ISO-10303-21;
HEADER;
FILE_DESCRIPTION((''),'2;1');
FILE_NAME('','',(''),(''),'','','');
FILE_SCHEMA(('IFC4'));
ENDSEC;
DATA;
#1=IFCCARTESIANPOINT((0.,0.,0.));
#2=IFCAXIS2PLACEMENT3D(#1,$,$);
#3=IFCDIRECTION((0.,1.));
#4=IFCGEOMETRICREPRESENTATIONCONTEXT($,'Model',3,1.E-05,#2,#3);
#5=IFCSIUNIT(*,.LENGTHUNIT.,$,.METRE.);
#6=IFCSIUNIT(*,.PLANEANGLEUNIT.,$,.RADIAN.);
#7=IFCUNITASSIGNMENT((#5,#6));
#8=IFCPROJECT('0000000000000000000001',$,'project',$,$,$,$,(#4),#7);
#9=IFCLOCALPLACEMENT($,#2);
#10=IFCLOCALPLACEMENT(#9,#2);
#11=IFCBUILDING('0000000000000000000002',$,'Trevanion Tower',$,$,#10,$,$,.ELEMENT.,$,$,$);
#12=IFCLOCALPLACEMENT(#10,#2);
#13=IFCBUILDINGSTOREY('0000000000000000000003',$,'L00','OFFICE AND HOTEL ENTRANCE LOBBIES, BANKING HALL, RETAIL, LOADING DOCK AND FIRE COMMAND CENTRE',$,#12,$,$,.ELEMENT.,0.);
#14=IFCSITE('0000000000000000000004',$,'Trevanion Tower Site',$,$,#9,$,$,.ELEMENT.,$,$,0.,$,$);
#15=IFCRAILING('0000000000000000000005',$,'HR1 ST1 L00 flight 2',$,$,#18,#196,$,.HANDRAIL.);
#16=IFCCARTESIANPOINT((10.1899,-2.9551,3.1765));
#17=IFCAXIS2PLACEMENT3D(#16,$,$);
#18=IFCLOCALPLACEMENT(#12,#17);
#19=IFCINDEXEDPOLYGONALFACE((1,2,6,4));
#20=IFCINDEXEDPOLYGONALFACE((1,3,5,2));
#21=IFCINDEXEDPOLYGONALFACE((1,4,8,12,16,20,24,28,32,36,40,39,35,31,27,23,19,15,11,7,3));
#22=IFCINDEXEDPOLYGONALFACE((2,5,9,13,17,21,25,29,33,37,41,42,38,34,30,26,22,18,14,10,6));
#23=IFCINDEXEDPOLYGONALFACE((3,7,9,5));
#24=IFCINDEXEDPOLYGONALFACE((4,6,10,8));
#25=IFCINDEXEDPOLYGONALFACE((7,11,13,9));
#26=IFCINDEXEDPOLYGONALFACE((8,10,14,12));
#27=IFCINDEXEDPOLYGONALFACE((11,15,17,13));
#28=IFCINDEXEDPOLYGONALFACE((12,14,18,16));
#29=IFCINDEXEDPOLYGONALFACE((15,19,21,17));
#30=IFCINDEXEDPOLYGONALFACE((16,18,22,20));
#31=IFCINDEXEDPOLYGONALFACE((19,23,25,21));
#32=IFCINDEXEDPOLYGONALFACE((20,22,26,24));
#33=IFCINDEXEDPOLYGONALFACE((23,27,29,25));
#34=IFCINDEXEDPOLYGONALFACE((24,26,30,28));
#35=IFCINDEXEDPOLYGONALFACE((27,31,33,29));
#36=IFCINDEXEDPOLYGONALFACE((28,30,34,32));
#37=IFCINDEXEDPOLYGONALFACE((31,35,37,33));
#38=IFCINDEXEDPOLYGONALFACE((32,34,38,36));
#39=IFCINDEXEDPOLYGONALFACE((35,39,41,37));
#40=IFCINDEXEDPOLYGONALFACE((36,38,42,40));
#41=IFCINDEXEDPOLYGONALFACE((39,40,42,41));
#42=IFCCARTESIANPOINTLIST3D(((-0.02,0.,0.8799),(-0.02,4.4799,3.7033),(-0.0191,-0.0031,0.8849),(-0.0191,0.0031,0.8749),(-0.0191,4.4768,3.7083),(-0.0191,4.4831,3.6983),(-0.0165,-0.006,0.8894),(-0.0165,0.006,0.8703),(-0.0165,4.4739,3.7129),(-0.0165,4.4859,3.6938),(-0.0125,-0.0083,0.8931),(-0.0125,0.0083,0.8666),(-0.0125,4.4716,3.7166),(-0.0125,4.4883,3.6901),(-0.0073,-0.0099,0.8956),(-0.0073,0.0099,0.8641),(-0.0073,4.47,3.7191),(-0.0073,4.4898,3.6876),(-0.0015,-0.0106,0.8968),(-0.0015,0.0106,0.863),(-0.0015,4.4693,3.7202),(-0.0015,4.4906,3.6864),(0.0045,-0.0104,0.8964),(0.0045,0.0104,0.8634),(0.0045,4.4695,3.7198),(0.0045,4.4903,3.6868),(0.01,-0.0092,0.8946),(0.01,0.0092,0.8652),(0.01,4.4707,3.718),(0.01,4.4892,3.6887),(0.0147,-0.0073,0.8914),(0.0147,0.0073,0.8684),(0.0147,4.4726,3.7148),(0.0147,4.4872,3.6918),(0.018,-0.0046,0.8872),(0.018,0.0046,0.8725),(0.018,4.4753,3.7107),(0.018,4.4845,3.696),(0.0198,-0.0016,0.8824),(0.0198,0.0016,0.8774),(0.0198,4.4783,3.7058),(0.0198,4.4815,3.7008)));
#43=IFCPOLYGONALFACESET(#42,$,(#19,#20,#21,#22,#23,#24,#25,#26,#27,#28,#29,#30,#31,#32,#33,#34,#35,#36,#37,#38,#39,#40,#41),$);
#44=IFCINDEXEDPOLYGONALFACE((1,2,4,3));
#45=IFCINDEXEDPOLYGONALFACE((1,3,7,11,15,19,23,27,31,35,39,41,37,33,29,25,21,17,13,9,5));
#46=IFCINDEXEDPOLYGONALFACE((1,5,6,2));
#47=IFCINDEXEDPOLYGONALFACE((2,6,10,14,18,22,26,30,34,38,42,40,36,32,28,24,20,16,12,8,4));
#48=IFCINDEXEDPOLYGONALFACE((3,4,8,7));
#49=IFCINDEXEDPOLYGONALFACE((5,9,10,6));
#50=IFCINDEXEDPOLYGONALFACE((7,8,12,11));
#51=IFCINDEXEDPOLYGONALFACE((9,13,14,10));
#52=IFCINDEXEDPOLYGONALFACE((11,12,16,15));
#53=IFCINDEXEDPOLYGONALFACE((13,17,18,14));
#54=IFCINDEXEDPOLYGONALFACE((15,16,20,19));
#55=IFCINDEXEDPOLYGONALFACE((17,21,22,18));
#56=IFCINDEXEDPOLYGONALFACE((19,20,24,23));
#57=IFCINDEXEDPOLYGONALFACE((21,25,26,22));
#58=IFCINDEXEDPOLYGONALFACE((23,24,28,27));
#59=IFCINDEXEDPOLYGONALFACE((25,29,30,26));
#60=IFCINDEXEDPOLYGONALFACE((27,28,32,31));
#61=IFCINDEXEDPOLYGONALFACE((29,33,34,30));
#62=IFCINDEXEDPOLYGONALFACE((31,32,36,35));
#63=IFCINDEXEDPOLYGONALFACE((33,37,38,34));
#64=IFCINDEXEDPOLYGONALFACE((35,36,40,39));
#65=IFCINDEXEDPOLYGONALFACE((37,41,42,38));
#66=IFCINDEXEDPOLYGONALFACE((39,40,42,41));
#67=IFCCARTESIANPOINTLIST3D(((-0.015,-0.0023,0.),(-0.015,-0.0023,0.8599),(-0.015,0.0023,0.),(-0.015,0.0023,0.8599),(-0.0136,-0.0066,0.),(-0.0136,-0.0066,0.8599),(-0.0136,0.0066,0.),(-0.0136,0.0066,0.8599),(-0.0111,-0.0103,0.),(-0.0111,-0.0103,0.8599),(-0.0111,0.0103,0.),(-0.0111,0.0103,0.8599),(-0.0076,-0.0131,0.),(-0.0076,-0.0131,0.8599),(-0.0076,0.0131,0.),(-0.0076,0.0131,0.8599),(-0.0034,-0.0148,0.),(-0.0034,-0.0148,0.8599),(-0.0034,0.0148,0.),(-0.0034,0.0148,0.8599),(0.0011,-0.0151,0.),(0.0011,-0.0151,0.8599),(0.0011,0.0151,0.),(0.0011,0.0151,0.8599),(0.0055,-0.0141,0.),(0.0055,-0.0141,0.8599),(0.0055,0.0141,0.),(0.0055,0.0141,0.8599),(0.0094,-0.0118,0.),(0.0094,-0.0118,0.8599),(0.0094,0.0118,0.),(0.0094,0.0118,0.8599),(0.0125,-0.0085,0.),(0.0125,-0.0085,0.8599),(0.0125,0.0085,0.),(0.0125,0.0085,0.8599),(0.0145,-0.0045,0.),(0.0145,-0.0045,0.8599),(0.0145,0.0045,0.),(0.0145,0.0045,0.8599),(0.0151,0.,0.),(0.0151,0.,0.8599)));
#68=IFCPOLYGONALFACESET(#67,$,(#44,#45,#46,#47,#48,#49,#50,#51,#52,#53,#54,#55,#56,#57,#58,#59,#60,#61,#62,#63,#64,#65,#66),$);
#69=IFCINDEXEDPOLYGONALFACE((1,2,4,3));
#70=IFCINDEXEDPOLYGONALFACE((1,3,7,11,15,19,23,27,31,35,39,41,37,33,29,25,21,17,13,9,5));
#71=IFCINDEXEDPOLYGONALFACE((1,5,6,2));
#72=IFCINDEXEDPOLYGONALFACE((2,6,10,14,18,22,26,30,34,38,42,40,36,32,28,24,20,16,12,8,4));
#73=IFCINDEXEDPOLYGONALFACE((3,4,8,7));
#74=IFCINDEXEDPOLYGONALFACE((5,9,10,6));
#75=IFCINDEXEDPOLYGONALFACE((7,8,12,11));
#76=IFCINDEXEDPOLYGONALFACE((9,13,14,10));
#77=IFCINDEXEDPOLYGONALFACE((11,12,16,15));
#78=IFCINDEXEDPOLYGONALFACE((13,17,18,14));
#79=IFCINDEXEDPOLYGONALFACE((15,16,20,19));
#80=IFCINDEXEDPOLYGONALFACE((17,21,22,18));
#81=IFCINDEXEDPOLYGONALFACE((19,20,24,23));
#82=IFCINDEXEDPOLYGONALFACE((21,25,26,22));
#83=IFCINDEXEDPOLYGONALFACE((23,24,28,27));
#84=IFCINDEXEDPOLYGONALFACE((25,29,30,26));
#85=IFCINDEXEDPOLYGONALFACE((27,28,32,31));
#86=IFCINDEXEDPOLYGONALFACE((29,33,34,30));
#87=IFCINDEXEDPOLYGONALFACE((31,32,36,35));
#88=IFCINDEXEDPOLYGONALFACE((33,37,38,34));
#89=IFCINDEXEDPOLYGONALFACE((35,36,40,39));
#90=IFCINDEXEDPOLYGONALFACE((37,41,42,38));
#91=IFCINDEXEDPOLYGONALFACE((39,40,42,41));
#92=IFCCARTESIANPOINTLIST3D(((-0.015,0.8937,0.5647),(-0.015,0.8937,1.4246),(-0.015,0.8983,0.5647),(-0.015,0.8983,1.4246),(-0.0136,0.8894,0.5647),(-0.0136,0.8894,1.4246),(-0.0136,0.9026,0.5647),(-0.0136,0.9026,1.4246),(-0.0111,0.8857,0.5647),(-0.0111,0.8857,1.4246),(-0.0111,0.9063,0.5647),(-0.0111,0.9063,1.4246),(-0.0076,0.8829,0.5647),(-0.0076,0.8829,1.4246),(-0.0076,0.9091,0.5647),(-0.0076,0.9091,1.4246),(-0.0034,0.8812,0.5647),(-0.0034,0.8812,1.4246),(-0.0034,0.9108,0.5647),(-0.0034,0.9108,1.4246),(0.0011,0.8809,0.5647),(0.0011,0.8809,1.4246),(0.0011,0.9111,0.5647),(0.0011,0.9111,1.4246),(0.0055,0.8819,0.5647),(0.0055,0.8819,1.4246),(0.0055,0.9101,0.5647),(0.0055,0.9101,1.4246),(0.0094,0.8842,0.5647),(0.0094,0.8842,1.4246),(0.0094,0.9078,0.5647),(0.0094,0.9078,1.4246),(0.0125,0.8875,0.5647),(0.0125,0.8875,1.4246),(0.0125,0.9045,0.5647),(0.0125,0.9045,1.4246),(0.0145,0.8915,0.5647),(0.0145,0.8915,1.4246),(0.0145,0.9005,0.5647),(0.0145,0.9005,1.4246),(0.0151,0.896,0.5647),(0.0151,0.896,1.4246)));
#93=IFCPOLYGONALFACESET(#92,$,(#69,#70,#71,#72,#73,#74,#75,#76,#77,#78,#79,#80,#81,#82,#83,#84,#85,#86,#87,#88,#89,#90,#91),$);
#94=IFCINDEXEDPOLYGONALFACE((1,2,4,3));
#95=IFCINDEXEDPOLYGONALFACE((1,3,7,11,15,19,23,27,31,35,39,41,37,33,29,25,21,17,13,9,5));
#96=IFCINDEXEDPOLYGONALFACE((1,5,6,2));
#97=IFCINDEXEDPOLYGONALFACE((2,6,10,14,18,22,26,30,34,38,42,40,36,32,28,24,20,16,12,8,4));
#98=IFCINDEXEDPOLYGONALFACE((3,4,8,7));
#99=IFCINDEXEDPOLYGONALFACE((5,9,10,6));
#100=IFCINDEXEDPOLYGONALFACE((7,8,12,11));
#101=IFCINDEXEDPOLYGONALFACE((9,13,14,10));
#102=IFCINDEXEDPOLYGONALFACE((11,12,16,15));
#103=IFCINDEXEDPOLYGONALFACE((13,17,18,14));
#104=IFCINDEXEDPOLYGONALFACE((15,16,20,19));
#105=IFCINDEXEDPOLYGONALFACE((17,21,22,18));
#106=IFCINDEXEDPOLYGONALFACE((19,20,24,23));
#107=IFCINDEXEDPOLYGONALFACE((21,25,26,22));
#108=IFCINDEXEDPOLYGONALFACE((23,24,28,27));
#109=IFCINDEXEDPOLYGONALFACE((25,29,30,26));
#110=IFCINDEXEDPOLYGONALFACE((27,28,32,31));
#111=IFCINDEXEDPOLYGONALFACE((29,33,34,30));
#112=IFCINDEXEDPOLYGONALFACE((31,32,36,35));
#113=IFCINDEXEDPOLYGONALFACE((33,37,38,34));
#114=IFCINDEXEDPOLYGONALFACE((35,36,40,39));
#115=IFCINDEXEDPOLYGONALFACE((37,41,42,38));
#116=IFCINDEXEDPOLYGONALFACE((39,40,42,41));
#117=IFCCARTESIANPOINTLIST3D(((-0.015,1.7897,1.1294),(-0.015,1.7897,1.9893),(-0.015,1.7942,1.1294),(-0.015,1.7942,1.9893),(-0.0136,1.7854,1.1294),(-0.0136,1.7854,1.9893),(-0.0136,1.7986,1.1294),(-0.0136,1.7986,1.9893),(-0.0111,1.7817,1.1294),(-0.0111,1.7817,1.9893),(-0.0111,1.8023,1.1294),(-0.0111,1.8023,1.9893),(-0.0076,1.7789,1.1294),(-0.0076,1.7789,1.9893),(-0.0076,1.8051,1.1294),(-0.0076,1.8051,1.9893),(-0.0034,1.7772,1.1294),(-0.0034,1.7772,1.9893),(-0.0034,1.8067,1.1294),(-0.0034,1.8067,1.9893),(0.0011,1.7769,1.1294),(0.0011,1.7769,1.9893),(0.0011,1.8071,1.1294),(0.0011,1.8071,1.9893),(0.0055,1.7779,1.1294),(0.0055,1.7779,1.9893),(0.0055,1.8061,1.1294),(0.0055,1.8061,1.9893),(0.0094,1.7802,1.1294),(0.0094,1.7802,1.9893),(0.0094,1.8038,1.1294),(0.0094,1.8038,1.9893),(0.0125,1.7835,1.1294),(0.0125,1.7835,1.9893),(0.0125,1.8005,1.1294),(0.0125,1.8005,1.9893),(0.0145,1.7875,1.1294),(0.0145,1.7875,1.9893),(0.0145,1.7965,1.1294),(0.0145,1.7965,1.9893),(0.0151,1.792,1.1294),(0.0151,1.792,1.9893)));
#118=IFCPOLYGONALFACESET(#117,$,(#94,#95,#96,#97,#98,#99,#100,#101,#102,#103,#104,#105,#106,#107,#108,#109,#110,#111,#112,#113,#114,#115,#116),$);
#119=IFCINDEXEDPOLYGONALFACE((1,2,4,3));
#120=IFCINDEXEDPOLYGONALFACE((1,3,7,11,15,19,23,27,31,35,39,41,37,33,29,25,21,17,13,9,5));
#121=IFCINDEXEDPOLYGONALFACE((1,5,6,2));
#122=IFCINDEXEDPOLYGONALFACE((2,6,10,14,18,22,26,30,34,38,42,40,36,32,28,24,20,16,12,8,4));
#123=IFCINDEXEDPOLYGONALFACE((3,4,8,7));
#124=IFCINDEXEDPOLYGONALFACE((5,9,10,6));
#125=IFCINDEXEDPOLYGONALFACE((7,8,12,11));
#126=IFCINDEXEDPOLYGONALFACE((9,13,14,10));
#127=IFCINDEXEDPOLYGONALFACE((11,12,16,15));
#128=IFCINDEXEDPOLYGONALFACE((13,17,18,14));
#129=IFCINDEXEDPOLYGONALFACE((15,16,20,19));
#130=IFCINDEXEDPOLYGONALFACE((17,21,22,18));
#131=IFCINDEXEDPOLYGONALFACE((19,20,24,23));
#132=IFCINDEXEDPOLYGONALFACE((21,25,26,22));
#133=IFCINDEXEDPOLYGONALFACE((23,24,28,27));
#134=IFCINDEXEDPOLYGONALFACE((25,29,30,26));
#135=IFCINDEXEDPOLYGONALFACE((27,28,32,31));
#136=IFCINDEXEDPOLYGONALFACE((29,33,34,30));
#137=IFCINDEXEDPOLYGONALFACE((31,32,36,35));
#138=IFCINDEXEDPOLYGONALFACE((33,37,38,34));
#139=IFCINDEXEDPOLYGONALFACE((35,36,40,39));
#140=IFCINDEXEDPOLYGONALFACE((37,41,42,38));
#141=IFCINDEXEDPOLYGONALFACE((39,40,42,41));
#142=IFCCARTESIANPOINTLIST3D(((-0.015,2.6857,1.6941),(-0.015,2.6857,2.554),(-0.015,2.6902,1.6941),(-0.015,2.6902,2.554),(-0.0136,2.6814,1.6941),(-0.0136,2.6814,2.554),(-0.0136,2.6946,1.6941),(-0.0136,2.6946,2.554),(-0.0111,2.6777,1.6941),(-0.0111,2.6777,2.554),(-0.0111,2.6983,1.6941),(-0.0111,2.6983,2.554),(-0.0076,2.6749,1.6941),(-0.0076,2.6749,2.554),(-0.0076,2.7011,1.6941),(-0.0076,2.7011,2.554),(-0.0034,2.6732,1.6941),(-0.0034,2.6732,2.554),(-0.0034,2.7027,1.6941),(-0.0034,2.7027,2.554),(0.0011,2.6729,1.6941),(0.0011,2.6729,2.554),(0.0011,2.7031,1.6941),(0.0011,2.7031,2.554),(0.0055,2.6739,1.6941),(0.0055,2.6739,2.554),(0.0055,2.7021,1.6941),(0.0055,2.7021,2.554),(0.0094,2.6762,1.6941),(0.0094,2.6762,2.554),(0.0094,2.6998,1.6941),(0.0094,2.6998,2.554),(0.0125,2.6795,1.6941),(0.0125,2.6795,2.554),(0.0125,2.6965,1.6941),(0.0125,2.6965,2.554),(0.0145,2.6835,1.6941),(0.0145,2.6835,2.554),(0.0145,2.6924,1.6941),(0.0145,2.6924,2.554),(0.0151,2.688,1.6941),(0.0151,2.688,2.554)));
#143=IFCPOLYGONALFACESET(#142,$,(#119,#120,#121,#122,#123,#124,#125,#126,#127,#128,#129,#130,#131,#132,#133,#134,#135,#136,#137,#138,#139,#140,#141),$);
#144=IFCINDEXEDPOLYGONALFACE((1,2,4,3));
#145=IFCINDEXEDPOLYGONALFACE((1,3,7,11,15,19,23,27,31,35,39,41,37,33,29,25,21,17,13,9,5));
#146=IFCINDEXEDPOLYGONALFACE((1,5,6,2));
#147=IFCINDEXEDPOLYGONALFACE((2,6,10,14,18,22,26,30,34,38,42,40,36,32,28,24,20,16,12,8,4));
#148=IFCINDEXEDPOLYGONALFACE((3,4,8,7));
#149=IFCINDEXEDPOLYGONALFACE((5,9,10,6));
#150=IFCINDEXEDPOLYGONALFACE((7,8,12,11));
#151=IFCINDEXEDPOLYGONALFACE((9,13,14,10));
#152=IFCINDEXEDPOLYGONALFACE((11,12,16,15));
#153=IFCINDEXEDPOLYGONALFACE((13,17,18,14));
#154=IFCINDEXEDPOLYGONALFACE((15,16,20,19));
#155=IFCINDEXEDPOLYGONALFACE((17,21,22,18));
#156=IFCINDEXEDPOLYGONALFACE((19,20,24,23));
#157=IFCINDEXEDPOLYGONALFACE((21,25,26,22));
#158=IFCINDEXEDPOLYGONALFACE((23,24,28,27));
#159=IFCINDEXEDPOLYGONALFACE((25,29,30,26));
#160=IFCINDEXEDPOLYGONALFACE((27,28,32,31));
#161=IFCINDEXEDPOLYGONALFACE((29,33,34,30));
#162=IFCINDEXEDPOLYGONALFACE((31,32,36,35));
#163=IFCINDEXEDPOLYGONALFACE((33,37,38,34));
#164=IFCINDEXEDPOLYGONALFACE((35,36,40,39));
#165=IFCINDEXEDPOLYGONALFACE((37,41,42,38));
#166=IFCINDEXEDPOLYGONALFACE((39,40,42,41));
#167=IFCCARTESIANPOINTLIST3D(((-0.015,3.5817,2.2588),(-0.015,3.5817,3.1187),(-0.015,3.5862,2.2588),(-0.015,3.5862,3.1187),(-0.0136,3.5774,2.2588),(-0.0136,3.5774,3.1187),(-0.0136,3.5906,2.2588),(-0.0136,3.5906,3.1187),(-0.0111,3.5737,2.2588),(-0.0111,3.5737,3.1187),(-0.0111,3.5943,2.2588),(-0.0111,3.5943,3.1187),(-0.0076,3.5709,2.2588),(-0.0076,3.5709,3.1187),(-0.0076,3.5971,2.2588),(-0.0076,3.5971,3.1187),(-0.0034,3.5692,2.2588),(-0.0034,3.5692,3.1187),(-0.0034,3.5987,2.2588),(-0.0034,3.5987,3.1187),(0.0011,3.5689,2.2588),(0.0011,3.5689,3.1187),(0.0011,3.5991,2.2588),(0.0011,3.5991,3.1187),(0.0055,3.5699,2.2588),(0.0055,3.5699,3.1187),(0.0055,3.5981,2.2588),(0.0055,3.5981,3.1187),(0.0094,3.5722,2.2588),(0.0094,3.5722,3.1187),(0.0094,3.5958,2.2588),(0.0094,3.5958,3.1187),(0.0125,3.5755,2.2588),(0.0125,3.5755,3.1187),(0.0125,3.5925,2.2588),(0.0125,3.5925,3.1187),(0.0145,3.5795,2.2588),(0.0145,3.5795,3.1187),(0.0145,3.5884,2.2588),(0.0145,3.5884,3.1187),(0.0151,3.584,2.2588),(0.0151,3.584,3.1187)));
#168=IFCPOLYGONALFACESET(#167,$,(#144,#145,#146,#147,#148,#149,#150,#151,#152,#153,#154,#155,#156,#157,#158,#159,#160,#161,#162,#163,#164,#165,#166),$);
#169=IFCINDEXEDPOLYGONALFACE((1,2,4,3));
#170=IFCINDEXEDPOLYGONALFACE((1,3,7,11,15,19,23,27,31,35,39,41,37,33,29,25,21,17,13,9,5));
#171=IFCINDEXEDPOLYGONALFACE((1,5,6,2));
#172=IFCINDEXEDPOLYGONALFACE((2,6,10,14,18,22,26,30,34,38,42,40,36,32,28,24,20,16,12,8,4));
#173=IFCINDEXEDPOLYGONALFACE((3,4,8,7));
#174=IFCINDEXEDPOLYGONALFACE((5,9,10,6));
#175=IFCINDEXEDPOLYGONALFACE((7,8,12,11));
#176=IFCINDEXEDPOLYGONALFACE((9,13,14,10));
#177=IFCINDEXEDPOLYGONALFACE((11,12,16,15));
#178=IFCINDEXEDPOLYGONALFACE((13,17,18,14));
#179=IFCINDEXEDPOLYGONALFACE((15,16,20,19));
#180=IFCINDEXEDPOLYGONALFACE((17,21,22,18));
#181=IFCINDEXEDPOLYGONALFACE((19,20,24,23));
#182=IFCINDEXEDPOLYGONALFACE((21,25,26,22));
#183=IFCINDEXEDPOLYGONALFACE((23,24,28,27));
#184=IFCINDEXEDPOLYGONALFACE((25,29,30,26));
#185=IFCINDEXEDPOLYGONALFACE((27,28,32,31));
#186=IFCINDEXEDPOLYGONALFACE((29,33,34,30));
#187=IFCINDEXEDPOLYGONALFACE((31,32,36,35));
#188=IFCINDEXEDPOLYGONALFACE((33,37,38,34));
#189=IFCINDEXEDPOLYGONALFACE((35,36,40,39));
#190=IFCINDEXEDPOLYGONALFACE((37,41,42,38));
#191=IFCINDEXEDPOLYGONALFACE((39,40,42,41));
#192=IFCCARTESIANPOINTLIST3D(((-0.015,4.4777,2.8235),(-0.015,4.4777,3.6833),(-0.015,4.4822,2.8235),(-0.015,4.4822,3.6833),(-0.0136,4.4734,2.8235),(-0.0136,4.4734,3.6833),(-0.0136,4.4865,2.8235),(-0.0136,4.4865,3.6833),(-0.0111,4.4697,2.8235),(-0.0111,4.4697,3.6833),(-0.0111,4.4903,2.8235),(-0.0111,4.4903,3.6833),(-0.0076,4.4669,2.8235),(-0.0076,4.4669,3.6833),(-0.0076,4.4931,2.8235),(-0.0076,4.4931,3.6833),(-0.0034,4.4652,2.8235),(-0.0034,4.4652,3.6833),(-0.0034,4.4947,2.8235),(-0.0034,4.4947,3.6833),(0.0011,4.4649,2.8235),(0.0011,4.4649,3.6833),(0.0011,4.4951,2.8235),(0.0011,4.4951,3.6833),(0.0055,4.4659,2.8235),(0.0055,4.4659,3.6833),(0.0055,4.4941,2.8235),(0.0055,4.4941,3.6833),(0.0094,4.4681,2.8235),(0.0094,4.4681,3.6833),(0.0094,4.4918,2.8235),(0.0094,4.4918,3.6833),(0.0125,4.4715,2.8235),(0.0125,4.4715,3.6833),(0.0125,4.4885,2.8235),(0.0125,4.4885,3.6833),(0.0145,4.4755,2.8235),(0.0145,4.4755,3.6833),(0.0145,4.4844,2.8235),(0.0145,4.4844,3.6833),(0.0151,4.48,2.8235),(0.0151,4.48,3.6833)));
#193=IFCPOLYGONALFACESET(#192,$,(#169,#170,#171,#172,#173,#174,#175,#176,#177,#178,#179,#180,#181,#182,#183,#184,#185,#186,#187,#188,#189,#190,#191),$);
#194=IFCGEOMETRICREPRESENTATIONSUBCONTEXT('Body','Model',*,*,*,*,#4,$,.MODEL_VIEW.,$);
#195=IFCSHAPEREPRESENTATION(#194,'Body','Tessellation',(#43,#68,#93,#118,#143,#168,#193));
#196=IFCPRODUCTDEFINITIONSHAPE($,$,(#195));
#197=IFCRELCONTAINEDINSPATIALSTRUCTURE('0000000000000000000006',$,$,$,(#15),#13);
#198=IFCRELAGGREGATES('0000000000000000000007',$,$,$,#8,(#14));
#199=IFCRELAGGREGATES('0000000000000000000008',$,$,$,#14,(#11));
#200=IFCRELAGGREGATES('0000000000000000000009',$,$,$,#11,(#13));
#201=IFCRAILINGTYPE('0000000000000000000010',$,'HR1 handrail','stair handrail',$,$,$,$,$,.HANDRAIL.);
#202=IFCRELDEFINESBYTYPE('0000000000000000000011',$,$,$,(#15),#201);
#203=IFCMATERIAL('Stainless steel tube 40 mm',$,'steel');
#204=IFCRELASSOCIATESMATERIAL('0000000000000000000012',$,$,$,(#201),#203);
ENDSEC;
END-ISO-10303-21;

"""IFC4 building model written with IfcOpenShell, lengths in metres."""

from ifc_helpers import new_model, si_unit, direction, frame, origin, origin_2d, place, context, subcontext, project, spatial, circle, extrude, material, type_object, element, save


model = new_model("IFC4")

# Units and contexts
model_context = context("Model", 3, precision=1e-05, world=origin(), true_north=direction((0.0, 1.0)))
body_context = subcontext(model_context, "Body", "Model", "MODEL_VIEW")
ifc_project = project(units=[si_unit("LENGTHUNIT", "METRE"), si_unit("PLANEANGLEUNIT", "RADIAN")], contexts=[model_context])

# Site, building, storey
site_placement = place(None, origin())
site = spatial("IfcSite", under=ifc_project, at=site_placement, Name="Trevanion Tower Site", CompositionType="ELEMENT", RefElevation=0.0)
building_placement = place(site_placement, origin())
building = spatial("IfcBuilding", under=site, at=building_placement, Name="Trevanion Tower", CompositionType="ELEMENT")
storey_placement = place(building_placement, origin())
storey = spatial("IfcBuildingStorey", under=building, at=storey_placement, Name="L00", Description="OFFICE AND HOTEL ENTRANCE LOBBIES, BANKING HALL, RETAIL, LOADING DOCK AND FIRE COMMAND CENTRE", CompositionType="ELEMENT", Elevation=0.0)

# Railing
ifc_material_1 = material(Name="Stainless steel tube 40 mm", Category="steel")
railing_type = type_object("IfcRailingType", Name="HR1 handrail", Description="stair handrail", PredefinedType="HANDRAIL", material=ifc_material_1)
for number, where, name in (
    (1, (10.1899, -2.9551, 3.1765), "HR1 ST1 L00 flight 2"),
):
    element("IfcRailing", number, at=place(storey_placement, frame(where)), inside=storey, type_object=railing_type, Name=name, PredefinedType="HANDRAIL", context=body_context, shape_type="SweptSolid", body=[
        extrude(circle(Radius=0.02, at=origin_2d()), frame((0.0, 0.0, 0.8799), z_axis=(0.0, 0.845998, 0.533186), x_axis=(-1.0, 0.0, 0.0)), (0.0, 0.0, 1.0), 5.2954),
        extrude(circle(Radius=0.0151, at=origin_2d()), origin(), (0.0, 0.0, 1.0), 0.8599),
        extrude(circle(Radius=0.0151, at=origin_2d()), frame((0.0, 0.896, 0.5647)), (0.0, 0.0, 1.0), 0.8599),
        extrude(circle(Radius=0.0151, at=origin_2d()), frame((0.0, 1.792, 1.1294)), (0.0, 0.0, 1.0), 0.8599),
        extrude(circle(Radius=0.0151, at=origin_2d()), frame((0.0, 2.688, 1.6941)), (0.0, 0.0, 1.0), 0.8599),
        extrude(circle(Radius=0.0151, at=origin_2d()), frame((0.0, 3.584, 2.2588)), (0.0, 0.0, 1.0), 0.8599),
        extrude(circle(Radius=0.0151, at=origin_2d()), frame((0.0, 4.48, 2.8235)), (0.0, 0.0, 1.0), 0.8599),
    ])

save(model, "model.ifc")
